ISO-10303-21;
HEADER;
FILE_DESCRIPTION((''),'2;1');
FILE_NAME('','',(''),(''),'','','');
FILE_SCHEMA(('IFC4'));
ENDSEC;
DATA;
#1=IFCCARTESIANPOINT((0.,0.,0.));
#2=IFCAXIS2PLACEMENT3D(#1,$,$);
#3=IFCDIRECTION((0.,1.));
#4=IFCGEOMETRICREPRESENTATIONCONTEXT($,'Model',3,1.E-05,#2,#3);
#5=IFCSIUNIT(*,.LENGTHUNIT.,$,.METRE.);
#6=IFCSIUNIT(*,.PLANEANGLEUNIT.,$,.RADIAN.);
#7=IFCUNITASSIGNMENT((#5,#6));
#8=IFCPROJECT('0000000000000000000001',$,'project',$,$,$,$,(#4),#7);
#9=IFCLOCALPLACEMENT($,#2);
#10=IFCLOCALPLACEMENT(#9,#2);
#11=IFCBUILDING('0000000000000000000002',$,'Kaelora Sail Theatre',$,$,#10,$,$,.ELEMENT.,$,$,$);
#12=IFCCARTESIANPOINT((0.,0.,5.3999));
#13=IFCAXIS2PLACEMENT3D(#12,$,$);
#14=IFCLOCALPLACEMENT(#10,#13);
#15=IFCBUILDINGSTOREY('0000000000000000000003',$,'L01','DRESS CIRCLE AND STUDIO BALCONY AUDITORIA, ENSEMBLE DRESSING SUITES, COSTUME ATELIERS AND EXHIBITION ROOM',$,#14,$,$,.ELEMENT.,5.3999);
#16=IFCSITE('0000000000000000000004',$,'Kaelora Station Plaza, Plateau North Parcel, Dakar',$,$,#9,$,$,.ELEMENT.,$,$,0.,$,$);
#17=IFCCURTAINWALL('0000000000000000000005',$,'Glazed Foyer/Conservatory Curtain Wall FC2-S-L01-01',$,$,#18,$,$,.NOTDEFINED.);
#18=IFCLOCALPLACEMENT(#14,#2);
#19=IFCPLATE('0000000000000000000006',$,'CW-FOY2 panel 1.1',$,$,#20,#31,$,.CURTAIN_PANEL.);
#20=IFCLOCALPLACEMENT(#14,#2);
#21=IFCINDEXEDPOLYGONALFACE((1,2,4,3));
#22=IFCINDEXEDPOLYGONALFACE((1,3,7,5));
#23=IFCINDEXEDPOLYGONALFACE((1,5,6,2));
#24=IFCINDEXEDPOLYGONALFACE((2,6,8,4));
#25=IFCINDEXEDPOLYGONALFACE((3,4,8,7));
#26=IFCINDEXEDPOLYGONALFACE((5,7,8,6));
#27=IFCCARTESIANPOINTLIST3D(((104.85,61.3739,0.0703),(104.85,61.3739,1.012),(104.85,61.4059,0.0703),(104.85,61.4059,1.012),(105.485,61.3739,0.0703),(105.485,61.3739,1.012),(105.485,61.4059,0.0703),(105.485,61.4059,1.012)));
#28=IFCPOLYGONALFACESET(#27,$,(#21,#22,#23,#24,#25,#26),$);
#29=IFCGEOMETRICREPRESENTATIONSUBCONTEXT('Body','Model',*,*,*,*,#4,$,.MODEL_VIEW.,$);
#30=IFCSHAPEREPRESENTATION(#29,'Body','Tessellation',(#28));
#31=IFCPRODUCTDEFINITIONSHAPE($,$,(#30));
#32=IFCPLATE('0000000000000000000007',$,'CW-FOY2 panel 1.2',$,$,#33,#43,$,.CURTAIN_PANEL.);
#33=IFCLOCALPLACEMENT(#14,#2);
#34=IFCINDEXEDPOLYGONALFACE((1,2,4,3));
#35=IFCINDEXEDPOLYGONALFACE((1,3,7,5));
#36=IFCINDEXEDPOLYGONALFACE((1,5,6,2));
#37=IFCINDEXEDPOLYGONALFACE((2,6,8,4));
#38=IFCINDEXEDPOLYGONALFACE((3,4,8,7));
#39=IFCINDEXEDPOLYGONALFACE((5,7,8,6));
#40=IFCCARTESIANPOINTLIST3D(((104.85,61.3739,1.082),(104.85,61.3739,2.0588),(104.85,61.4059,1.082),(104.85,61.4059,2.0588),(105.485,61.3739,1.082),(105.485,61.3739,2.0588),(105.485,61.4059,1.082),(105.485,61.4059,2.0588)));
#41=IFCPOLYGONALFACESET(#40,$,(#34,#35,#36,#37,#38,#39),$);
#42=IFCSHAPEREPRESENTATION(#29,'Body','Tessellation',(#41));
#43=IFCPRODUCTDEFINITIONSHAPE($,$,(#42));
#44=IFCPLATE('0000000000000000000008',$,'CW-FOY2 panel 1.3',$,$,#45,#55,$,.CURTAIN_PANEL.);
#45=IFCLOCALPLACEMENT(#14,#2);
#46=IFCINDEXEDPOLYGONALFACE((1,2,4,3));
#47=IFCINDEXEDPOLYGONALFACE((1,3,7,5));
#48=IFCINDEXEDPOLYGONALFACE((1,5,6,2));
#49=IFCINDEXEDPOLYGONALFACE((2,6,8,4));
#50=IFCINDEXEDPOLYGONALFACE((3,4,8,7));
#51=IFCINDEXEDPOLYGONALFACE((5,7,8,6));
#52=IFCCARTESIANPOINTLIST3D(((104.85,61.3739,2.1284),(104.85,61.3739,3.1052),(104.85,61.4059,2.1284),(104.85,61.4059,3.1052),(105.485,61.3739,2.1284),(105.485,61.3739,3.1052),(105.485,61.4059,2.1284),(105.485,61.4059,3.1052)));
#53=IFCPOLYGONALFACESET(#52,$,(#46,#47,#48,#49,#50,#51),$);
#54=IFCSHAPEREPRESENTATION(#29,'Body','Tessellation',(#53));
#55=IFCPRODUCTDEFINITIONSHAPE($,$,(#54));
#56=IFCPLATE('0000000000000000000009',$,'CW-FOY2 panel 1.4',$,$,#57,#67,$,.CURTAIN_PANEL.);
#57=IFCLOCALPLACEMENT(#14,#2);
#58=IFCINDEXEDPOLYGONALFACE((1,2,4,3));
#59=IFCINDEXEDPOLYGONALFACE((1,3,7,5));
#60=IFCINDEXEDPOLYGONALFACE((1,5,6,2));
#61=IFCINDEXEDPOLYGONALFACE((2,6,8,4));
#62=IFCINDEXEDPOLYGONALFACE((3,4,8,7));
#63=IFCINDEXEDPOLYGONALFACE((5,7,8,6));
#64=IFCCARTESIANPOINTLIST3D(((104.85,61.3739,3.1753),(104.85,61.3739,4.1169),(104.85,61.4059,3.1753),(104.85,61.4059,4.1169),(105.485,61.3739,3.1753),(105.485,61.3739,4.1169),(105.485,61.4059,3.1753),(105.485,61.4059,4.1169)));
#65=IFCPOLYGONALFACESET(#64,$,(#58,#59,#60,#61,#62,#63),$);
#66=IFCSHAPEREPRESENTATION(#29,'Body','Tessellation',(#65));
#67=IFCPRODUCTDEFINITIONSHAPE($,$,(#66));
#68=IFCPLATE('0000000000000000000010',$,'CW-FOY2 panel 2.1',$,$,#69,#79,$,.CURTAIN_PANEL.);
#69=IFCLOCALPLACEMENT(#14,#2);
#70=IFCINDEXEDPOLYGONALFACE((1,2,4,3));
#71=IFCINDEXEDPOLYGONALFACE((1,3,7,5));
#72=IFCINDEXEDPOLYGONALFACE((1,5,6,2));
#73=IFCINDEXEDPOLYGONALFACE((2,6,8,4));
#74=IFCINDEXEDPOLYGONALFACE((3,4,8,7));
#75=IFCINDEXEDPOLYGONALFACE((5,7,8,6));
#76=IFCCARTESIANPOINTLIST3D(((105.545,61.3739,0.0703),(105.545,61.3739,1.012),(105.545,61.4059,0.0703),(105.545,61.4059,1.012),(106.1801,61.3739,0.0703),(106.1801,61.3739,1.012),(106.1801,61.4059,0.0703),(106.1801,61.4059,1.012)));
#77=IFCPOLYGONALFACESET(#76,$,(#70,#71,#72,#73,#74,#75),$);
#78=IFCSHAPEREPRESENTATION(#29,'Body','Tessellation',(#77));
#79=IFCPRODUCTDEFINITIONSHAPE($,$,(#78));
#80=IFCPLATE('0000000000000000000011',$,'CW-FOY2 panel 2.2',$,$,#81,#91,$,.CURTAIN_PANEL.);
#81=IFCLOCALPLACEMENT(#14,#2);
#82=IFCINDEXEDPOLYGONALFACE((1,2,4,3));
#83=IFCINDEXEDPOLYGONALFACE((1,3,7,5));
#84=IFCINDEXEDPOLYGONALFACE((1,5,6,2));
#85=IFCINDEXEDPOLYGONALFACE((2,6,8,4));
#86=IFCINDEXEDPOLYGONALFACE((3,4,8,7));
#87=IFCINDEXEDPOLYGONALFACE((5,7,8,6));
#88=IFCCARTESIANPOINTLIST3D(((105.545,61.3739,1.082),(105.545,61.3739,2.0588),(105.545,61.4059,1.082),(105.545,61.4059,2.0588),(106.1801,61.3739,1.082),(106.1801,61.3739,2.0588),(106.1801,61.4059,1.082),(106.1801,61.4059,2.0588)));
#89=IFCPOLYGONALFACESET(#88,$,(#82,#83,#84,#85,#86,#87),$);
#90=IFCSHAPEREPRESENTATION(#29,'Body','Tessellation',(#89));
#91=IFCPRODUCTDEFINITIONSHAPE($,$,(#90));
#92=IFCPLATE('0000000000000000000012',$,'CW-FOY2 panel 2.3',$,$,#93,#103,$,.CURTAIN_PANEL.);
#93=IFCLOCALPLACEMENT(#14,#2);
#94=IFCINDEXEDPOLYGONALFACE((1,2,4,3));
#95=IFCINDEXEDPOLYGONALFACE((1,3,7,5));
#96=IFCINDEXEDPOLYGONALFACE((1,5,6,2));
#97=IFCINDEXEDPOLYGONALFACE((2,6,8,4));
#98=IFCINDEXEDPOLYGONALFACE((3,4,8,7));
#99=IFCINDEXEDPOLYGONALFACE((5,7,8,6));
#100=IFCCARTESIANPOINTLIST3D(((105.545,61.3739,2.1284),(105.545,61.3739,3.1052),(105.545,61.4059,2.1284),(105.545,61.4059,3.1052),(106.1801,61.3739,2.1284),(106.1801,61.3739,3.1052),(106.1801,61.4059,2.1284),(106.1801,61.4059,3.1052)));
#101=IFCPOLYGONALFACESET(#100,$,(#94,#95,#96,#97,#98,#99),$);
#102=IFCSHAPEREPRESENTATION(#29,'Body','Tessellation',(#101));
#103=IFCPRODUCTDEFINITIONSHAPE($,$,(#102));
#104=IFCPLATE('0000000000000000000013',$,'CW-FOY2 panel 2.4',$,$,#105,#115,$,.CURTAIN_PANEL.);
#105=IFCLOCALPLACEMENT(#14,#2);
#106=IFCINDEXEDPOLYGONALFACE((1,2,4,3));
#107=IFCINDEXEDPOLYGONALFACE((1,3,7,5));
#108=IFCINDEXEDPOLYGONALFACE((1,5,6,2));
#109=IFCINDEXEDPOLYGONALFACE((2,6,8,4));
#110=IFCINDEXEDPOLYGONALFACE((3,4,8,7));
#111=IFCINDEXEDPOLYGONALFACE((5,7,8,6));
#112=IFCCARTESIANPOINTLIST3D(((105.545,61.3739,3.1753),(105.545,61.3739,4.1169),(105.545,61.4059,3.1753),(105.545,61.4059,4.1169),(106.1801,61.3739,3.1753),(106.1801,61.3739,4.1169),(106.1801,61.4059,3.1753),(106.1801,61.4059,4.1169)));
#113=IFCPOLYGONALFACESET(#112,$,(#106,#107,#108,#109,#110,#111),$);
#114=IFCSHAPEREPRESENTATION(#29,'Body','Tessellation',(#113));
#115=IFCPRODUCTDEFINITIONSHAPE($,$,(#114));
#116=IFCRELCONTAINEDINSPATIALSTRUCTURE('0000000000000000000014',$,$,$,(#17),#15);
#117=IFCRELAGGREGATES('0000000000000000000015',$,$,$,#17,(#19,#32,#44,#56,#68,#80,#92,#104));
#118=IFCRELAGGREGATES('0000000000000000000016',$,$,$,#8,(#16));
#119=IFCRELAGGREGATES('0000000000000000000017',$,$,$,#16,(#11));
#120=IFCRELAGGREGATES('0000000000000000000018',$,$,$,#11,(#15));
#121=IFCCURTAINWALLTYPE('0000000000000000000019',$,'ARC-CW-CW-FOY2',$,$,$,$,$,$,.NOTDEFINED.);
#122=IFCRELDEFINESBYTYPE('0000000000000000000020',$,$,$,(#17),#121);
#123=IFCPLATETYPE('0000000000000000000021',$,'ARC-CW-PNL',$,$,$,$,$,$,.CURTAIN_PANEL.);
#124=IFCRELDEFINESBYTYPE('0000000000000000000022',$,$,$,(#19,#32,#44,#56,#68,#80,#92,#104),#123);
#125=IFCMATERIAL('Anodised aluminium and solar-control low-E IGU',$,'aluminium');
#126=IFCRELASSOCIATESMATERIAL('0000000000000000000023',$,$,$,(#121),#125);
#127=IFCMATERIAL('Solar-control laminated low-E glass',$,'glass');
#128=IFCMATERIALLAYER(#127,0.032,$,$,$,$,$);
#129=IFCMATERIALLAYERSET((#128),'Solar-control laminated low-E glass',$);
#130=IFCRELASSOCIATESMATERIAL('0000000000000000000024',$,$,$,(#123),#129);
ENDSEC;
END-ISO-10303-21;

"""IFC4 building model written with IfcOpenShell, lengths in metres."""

from ifc_helpers import new_model, si_unit, direction, frame, origin, origin_2d, place, context, subcontext, project, spatial, rectangle, extrude, material, layer, layer_set, type_object, element, aggregate, save


model = new_model("IFC4")

# Units and contexts
model_context = context("Model", 3, precision=1e-05, world=origin(), true_north=direction((0.0, 1.0)))
body_context = subcontext(model_context, "Body", "Model", "MODEL_VIEW")
ifc_project = project(units=[si_unit("LENGTHUNIT", "METRE"), si_unit("PLANEANGLEUNIT", "RADIAN")], contexts=[model_context])

# Site, building, storey
site_placement = place(None, origin())
site = spatial("IfcSite", under=ifc_project, at=site_placement, Name="Kaelora Station Plaza, Plateau North Parcel, Dakar", CompositionType="ELEMENT", RefElevation=0.0)
building_placement = place(site_placement, origin())
building = spatial("IfcBuilding", under=site, at=building_placement, Name="Kaelora Sail Theatre", CompositionType="ELEMENT")
storey_placement = place(building_placement, frame((0.0, 0.0, 5.3999)))
storey = spatial("IfcBuildingStorey", under=building, at=storey_placement, Name="L01", Description="DRESS CIRCLE AND STUDIO BALCONY AUDITORIA, ENSEMBLE DRESSING SUITES, COSTUME ATELIERS AND EXHIBITION ROOM", CompositionType="ELEMENT", Elevation=5.3999)

# Curtain wall
ifc_material_1 = material(Name="Anodised aluminium and solar-control low-E IGU", Category="aluminium")
curtain_wall_type = type_object("IfcCurtainWallType", Name="ARC-CW-CW-FOY2", PredefinedType="NOTDEFINED", material=ifc_material_1)
curtain_wall_placement = place(storey_placement, origin())
curtain_wall = element("IfcCurtainWall", 1, at=curtain_wall_placement, inside=storey, type_object=curtain_wall_type, Name="Glazed Foyer/Conservatory Curtain Wall FC2-S-L01-01", PredefinedType="NOTDEFINED")

# Plates
ifc_material_2 = material(Name="Solar-control laminated low-E glass", Category="glass")
ifc_layer = layer(ifc_material_2, 0.032)
ifc_layer_set = layer_set([ifc_layer], Name="Solar-control laminated low-E glass")
plate_type = type_object("IfcPlateType", Name="ARC-CW-PNL", PredefinedType="CURTAIN_PANEL", material=ifc_layer_set)
plate_1_placement = place(storey_placement, frame((105.1675, 61.3899, 0.0703), z_axis=(0.0, 0.0, 1.0), x_axis=(1.0, 0.0, 0.0)))
plate_1 = element("IfcPlate", 2, at=plate_1_placement, type_object=plate_type, Name="CW-FOY2 panel 1.1", PredefinedType="CURTAIN_PANEL", context=body_context, shape_type="SweptSolid", body=[
    extrude(rectangle(XDim=0.635, YDim=0.032, at=origin_2d()), origin(), (0.0, 0.0, 1.0), 0.9417),
])
plate_2_placement = place(storey_placement, frame((105.1675, 61.3899, 1.082), z_axis=(0.0, 0.0, 1.0), x_axis=(1.0, 0.0, 0.0)))
plate_2 = element("IfcPlate", 3, at=plate_2_placement, type_object=plate_type, Name="CW-FOY2 panel 1.2", PredefinedType="CURTAIN_PANEL", context=body_context, shape_type="SweptSolid", body=[
    extrude(rectangle(XDim=0.635, YDim=0.032, at=origin_2d()), origin(), (0.0, 0.0, 1.0), 0.9768),
])
plate_3_placement = place(storey_placement, frame((105.1675, 61.3899, 2.1284), z_axis=(0.0, 0.0, 1.0), x_axis=(1.0, 0.0, 0.0)))
plate_3 = element("IfcPlate", 4, at=plate_3_placement, type_object=plate_type, Name="CW-FOY2 panel 1.3", PredefinedType="CURTAIN_PANEL", context=body_context, shape_type="SweptSolid", body=[
    extrude(rectangle(XDim=0.635, YDim=0.032, at=origin_2d()), origin(), (0.0, 0.0, 1.0), 0.9768),
])
plate_4_placement = place(storey_placement, frame((105.1675, 61.3899, 3.1753), z_axis=(0.0, 0.0, 1.0), x_axis=(1.0, 0.0, 0.0)))
plate_4 = element("IfcPlate", 5, at=plate_4_placement, type_object=plate_type, Name="CW-FOY2 panel 1.4", PredefinedType="CURTAIN_PANEL", context=body_context, shape_type="SweptSolid", body=[
    extrude(rectangle(XDim=0.635, YDim=0.032, at=origin_2d()), origin(), (0.0, 0.0, 1.0), 0.9417),
])
plate_5_placement = place(storey_placement, frame((105.8625, 61.3899, 0.0703), z_axis=(0.0, 0.0, 1.0), x_axis=(1.0, 0.0, 0.0)))
plate_5 = element("IfcPlate", 6, at=plate_5_placement, type_object=plate_type, Name="CW-FOY2 panel 2.1", PredefinedType="CURTAIN_PANEL", context=body_context, shape_type="SweptSolid", body=[
    extrude(rectangle(XDim=0.635, YDim=0.032, at=origin_2d()), origin(), (0.0, 0.0, 1.0), 0.9417),
])
plate_6_placement = place(storey_placement, frame((105.8625, 61.3899, 1.082), z_axis=(0.0, 0.0, 1.0), x_axis=(1.0, 0.0, 0.0)))
plate_6 = element("IfcPlate", 7, at=plate_6_placement, type_object=plate_type, Name="CW-FOY2 panel 2.2", PredefinedType="CURTAIN_PANEL", context=body_context, shape_type="SweptSolid", body=[
    extrude(rectangle(XDim=0.635, YDim=0.032, at=origin_2d()), origin(), (0.0, 0.0, 1.0), 0.9768),
])
plate_7_placement = place(storey_placement, frame((105.8625, 61.3899, 2.1284), z_axis=(0.0, 0.0, 1.0), x_axis=(1.0, 0.0, 0.0)))
plate_7 = element("IfcPlate", 8, at=plate_7_placement, type_object=plate_type, Name="CW-FOY2 panel 2.3", PredefinedType="CURTAIN_PANEL", context=body_context, shape_type="SweptSolid", body=[
    extrude(rectangle(XDim=0.635, YDim=0.032, at=origin_2d()), origin(), (0.0, 0.0, 1.0), 0.9768),
])
plate_8_placement = place(storey_placement, frame((105.8625, 61.3899, 3.1753), z_axis=(0.0, 0.0, 1.0), x_axis=(1.0, 0.0, 0.0)))
plate_8 = element("IfcPlate", 9, at=plate_8_placement, type_object=plate_type, Name="CW-FOY2 panel 2.4", PredefinedType="CURTAIN_PANEL", context=body_context, shape_type="SweptSolid", body=[
    extrude(rectangle(XDim=0.635, YDim=0.032, at=origin_2d()), origin(), (0.0, 0.0, 1.0), 0.9417),
])
aggregate(curtain_wall, [plate_1, plate_2, plate_3, plate_4, plate_5, plate_6, plate_7, plate_8])

save(model, "model.ifc")
